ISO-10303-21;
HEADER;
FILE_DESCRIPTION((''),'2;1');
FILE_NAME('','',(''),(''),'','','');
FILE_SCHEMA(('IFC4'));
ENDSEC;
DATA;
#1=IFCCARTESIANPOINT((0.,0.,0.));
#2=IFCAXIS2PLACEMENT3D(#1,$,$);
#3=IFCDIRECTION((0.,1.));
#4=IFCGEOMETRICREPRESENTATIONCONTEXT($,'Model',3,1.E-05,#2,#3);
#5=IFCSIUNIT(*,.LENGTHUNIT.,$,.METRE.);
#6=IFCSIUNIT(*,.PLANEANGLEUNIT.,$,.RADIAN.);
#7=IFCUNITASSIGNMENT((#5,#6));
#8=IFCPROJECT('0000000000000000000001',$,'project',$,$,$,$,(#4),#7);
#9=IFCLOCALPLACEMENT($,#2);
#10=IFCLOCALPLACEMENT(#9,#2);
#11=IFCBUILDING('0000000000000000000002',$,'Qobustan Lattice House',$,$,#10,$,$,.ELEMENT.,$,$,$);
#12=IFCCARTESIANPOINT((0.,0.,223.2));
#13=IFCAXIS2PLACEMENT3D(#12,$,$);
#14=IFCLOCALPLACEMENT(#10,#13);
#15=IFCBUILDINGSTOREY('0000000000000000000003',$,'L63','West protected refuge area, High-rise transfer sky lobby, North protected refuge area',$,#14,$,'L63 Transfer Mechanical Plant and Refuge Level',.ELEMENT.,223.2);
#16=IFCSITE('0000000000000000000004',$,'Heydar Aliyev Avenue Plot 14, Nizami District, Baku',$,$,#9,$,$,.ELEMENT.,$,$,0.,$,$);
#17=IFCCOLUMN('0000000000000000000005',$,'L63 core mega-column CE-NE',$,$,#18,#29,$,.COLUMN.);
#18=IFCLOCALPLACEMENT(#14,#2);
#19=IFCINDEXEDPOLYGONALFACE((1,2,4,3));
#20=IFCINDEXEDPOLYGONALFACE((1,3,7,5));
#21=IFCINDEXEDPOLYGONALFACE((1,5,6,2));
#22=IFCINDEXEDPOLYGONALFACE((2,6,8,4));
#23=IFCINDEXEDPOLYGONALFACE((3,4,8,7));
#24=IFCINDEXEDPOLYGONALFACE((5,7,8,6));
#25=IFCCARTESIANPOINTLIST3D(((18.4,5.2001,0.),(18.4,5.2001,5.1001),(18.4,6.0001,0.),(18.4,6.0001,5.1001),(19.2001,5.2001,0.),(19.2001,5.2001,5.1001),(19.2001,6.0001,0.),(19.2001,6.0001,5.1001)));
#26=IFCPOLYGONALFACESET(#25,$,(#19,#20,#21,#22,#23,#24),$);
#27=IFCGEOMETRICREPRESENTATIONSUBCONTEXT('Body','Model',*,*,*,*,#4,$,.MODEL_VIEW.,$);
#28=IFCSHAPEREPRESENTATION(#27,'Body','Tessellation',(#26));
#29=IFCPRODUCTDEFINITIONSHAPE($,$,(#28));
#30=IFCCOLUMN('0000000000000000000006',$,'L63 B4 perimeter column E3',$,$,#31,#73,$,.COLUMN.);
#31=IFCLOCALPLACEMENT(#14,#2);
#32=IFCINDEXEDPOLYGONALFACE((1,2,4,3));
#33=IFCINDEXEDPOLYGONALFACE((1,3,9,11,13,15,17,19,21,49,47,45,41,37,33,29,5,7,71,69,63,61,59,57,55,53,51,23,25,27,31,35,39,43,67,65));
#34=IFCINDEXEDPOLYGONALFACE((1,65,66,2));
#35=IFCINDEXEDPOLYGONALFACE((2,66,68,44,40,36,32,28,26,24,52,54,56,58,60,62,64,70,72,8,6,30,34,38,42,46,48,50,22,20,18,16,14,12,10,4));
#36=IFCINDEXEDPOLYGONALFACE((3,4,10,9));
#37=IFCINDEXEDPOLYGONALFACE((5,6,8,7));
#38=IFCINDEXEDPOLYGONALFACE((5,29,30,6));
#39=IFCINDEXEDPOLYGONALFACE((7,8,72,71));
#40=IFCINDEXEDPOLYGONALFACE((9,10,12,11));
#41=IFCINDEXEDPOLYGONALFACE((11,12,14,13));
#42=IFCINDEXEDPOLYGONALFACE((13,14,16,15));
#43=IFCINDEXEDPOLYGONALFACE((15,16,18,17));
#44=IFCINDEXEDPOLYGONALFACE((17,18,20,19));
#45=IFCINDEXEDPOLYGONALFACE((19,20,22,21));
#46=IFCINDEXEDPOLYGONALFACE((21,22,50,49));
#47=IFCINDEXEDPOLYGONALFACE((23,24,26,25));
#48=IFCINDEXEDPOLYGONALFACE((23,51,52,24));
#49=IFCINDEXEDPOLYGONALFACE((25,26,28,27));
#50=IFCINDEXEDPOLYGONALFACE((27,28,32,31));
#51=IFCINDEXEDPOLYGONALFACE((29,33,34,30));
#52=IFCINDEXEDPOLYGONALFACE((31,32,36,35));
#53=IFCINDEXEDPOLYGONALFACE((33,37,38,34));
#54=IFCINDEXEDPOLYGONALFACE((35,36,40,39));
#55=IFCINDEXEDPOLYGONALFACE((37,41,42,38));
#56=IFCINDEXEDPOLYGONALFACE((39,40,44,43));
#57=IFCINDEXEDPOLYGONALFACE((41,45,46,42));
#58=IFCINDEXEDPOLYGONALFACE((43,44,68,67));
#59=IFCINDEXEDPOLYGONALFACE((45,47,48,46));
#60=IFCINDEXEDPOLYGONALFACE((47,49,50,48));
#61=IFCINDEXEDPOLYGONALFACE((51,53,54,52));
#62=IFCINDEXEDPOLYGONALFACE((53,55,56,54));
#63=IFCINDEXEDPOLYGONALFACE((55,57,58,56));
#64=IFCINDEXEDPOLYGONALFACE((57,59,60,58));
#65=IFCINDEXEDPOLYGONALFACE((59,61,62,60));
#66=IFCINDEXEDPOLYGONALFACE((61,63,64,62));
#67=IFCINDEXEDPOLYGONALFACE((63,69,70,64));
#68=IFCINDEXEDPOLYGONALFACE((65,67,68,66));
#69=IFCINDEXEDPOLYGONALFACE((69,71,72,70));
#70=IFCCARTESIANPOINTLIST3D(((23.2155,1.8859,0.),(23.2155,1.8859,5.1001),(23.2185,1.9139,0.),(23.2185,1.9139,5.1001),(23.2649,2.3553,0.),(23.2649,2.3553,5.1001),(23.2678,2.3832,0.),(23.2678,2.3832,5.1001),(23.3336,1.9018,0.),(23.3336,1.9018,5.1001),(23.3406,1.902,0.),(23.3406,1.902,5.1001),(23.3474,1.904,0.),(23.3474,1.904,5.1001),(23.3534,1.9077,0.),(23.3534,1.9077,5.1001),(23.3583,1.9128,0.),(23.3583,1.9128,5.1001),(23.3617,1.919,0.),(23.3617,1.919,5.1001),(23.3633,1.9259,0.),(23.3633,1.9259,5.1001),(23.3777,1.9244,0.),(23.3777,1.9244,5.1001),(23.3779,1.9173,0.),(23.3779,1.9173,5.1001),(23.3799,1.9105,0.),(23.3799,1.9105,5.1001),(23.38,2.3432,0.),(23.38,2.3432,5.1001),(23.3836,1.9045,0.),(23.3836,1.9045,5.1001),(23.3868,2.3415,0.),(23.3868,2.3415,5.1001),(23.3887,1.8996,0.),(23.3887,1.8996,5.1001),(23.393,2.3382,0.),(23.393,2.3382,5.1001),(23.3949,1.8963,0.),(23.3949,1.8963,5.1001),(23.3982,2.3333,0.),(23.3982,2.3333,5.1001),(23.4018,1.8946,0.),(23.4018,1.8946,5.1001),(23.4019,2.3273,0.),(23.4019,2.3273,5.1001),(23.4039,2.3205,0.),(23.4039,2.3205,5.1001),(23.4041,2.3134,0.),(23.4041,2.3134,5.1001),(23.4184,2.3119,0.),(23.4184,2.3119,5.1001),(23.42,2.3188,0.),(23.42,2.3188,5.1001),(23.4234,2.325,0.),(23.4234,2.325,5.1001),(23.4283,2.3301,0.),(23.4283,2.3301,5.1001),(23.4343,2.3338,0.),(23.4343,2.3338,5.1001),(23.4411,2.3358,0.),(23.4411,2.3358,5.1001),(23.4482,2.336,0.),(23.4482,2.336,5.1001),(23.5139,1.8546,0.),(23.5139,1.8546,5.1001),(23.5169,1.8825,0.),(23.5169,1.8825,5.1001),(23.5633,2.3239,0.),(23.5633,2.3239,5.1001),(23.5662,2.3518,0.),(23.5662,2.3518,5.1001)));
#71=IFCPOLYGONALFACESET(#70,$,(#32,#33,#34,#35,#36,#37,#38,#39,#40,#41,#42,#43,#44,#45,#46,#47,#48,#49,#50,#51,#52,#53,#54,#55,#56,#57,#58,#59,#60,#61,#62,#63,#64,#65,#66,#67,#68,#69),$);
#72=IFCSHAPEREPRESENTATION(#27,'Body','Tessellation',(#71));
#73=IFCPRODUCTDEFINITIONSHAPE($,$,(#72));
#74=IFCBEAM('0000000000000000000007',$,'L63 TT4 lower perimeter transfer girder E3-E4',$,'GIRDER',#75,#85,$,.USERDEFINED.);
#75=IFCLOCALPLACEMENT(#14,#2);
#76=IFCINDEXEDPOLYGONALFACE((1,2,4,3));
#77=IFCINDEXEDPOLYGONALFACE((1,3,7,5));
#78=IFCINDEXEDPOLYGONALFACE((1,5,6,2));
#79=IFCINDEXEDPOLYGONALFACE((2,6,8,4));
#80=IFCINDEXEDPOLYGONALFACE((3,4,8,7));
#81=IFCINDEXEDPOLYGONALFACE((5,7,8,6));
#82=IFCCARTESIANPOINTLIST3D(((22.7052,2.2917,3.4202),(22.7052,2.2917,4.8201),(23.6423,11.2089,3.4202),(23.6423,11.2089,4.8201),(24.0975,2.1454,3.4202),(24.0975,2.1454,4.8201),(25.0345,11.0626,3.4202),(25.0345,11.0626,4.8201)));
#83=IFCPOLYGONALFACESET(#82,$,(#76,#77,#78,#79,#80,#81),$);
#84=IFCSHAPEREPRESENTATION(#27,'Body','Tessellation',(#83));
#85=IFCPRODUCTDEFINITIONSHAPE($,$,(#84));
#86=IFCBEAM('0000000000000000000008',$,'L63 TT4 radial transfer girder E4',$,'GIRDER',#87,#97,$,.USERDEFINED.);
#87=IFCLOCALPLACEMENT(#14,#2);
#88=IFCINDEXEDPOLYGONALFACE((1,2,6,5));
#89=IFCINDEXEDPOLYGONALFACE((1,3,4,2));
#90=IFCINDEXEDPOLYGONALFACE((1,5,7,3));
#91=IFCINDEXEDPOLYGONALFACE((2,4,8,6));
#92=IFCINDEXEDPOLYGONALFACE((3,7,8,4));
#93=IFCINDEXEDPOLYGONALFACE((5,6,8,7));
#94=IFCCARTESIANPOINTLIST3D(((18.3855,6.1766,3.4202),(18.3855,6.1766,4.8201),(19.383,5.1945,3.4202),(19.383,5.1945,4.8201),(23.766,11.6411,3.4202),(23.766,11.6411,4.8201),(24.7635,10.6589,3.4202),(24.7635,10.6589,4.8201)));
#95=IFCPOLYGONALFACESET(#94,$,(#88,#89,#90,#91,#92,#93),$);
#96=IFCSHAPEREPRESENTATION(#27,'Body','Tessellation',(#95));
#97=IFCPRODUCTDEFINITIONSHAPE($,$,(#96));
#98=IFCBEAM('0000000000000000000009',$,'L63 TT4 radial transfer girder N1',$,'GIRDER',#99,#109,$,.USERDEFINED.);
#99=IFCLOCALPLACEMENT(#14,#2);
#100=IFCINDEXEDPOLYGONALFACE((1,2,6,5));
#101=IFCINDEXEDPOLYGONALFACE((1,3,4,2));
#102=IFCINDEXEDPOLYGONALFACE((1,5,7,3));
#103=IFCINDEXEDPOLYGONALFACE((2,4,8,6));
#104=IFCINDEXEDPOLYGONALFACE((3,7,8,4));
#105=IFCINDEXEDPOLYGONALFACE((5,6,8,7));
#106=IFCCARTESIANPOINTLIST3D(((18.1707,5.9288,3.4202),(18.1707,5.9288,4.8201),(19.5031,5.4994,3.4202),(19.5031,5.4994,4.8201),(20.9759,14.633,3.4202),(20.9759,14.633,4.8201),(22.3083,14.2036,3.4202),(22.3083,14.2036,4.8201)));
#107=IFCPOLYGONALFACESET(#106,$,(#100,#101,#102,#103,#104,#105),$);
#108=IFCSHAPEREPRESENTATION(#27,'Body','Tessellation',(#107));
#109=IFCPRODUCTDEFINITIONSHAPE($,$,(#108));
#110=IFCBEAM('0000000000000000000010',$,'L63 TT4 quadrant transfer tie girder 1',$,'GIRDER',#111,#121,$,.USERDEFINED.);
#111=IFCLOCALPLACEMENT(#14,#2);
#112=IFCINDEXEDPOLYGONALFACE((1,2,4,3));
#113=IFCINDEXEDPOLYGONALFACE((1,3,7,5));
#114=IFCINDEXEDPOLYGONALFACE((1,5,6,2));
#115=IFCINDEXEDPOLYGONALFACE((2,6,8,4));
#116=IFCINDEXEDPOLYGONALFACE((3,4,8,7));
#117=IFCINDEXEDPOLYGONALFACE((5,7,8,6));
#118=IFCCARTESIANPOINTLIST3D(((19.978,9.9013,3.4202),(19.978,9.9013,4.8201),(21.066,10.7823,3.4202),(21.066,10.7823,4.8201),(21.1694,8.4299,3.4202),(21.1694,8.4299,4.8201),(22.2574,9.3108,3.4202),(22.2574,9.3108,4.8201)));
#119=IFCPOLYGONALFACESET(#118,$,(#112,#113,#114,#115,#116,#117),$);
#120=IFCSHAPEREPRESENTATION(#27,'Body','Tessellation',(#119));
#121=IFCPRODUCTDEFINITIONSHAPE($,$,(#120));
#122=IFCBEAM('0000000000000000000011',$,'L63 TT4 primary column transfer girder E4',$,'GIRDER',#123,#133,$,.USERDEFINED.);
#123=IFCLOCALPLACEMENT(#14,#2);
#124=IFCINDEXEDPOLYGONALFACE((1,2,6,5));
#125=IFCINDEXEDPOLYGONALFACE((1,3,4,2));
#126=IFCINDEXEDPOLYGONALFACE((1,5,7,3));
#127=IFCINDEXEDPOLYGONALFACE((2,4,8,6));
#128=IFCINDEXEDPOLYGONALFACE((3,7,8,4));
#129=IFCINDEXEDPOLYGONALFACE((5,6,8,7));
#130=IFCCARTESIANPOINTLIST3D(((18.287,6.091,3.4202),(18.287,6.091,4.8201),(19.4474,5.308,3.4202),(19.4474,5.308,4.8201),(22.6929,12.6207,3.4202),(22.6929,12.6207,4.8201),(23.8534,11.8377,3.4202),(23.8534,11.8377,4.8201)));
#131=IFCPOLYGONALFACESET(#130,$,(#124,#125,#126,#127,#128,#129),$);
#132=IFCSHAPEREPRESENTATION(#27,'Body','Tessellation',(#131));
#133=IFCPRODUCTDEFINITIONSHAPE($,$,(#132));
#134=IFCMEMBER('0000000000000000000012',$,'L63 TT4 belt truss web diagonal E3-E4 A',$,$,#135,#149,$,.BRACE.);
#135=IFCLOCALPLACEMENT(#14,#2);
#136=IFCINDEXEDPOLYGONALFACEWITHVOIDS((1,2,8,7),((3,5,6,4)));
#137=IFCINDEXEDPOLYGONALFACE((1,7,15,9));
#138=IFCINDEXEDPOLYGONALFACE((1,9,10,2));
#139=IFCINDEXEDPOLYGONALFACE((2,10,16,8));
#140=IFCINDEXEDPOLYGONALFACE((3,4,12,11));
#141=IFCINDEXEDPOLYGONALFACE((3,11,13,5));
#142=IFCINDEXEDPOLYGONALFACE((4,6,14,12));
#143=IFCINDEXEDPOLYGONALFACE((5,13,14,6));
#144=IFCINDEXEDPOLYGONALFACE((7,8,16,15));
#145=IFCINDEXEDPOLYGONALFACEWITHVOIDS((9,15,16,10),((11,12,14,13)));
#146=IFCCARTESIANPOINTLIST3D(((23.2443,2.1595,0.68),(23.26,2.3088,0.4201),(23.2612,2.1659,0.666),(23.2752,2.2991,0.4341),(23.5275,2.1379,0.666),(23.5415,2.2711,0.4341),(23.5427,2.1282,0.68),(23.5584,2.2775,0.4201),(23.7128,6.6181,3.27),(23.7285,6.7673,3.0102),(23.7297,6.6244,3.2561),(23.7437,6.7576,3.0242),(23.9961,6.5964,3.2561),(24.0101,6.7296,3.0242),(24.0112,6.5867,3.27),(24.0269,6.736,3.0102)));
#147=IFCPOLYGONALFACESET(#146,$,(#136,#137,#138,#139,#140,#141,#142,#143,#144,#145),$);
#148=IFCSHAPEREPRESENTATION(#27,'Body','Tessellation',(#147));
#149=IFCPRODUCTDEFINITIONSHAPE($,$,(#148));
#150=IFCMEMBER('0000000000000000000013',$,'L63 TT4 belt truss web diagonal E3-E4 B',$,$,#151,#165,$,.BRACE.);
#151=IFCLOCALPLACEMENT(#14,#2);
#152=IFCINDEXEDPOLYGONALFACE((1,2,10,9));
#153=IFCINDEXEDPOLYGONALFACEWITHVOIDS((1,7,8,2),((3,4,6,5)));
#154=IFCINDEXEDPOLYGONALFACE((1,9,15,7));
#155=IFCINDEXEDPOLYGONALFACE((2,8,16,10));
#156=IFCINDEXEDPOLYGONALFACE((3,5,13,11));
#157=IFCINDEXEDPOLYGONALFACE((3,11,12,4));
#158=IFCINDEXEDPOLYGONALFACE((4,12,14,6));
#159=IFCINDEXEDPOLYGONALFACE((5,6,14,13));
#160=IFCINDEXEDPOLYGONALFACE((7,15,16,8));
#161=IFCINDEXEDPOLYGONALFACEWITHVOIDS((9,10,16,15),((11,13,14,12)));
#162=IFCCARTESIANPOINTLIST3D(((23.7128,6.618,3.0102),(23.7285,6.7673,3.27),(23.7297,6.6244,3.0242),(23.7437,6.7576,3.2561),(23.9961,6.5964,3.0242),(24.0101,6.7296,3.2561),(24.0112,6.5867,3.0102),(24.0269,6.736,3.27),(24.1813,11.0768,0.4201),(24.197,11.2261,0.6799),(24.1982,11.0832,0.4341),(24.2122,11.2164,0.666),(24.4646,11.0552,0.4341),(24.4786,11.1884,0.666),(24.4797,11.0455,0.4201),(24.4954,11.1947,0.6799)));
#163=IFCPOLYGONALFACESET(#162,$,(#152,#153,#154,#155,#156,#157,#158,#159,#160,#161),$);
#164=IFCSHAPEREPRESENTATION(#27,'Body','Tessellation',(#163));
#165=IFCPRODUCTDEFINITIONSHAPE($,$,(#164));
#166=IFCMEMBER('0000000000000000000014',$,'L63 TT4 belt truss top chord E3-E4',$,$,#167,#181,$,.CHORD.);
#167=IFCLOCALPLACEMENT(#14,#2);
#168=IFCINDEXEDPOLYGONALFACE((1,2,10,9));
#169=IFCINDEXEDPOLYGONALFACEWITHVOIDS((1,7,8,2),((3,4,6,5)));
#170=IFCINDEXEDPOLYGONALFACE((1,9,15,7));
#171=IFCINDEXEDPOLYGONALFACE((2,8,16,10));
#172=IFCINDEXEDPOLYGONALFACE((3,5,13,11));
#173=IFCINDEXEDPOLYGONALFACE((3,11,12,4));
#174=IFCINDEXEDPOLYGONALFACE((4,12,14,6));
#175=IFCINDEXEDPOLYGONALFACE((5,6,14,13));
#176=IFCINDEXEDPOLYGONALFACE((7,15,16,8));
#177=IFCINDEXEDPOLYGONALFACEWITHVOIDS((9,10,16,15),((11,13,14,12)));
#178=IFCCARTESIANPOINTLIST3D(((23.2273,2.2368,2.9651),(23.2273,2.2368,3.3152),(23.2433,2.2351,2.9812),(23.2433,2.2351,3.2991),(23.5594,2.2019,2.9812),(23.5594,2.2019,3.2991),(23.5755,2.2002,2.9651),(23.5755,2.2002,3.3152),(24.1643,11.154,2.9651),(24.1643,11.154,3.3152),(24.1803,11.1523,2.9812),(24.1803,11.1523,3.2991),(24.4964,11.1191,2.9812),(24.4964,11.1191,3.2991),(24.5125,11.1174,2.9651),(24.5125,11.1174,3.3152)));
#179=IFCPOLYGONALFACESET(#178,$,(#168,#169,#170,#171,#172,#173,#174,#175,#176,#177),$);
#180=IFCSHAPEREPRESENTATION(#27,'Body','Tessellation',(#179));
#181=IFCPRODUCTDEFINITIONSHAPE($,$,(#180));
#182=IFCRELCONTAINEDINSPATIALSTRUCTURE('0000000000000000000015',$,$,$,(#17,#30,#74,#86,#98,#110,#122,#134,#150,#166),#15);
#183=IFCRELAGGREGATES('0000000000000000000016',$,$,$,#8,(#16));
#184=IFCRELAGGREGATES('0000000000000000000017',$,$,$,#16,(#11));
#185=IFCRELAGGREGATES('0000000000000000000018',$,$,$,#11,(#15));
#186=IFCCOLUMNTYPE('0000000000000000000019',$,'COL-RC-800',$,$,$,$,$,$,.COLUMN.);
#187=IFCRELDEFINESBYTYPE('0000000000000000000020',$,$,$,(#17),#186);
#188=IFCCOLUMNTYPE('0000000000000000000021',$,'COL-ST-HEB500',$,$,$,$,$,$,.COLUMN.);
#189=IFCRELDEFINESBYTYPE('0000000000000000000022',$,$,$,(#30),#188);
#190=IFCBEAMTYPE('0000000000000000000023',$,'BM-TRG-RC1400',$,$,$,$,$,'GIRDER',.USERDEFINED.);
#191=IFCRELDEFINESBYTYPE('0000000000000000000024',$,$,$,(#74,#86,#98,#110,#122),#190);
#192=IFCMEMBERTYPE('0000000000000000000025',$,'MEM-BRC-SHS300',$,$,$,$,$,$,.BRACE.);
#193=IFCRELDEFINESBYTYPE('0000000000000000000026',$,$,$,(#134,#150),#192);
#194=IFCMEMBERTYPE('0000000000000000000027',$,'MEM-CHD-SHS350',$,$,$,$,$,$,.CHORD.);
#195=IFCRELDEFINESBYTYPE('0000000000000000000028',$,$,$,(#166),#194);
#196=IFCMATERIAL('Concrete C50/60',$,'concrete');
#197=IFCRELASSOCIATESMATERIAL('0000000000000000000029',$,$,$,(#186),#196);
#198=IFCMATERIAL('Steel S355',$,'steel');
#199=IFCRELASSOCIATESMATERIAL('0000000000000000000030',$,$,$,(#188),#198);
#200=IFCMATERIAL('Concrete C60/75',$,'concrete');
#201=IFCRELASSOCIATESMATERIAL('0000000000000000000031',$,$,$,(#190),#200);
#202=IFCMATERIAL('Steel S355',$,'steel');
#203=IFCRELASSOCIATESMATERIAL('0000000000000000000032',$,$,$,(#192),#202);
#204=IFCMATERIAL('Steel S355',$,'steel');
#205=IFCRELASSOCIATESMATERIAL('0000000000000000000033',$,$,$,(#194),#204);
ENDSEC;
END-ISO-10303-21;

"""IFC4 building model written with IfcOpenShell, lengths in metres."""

from ifc_helpers import new_model, si_unit, direction, frame, origin, origin_2d, place, context, subcontext, project, spatial, rectangle, hollow_rectangle, i_section, extrude, material, material_profile, profile_set, type_object, element, save


model = new_model("IFC4")

# Units and contexts
model_context = context("Model", 3, precision=1e-05, world=origin(), true_north=direction((0.0, 1.0)))
body_context = subcontext(model_context, "Body", "Model", "MODEL_VIEW")
ifc_project = project(units=[si_unit("LENGTHUNIT", "METRE"), si_unit("PLANEANGLEUNIT", "RADIAN")], contexts=[model_context])

# Site, building, storey
site_placement = place(None, origin())
site = spatial("IfcSite", under=ifc_project, at=site_placement, Name="Heydar Aliyev Avenue Plot 14, Nizami District, Baku", CompositionType="ELEMENT", RefElevation=0.0)
building_placement = place(site_placement, origin())
building = spatial("IfcBuilding", under=site, at=building_placement, Name="Qobustan Lattice House", CompositionType="ELEMENT")
storey_placement = place(building_placement, frame((0.0, 0.0, 223.2)))
storey = spatial("IfcBuildingStorey", under=building, at=storey_placement, Name="L63", Description="West protected refuge area, High-rise transfer sky lobby, North protected refuge area", LongName="L63 Transfer Mechanical Plant and Refuge Level", CompositionType="ELEMENT", Elevation=223.2)

# Columns
ifc_material_1 = material(Name="Concrete C50/60", Category="concrete")
ifc_material_profile_1 = material_profile(ifc_material_1, rectangle(XDim=0.8, YDim=0.8, at=origin_2d()), Name="RC800x800")
ifc_profile_set_1 = profile_set([ifc_material_profile_1], Name="Concrete C50/60")
column_type_1 = type_object("IfcColumnType", Name="COL-RC-800", PredefinedType="COLUMN", material=ifc_profile_set_1)
column_1_placement = place(storey_placement, frame((18.8, 5.6001, 0.0), z_axis=(0.0, 0.0, 1.0), x_axis=(1.0, 0.0, 0.0)))
element("IfcColumn", 1, at=column_1_placement, inside=storey, type_object=column_type_1, Name="L63 core mega-column CE-NE", PredefinedType="COLUMN", context=body_context, shape_type="SweptSolid", body=[
    extrude(rectangle(XDim=0.8, YDim=0.8, at=origin_2d()), origin(), (0.0, 0.0, 1.0), 5.1001),
])
ifc_material_2 = material(Name="Steel S355", Category="steel")
ifc_material_profile_2 = material_profile(ifc_material_2, i_section(OverallWidth=0.3, OverallDepth=0.5, WebThickness=0.0144, FlangeThickness=0.0281, FilletRadius=0.0271, at=origin_2d()), Name="HEB500")
ifc_profile_set_2 = profile_set([ifc_material_profile_2], Name="Steel S355")
column_type_2 = type_object("IfcColumnType", Name="COL-ST-HEB500", PredefinedType="COLUMN", material=ifc_profile_set_2)
column_2_placement = place(storey_placement, frame((23.3909, 2.1189, 0.0), z_axis=(0.0, 0.0, 1.0), x_axis=(0.994522, -0.104528, 0.0)))
element("IfcColumn", 2, at=column_2_placement, inside=storey, type_object=column_type_2, Name="L63 B4 perimeter column E3", PredefinedType="COLUMN", context=body_context, shape_type="SweptSolid", body=[
    extrude(i_section(OverallWidth=0.3, OverallDepth=0.5, WebThickness=0.0144, FlangeThickness=0.0281, FilletRadius=0.0271, at=origin_2d()), origin(), (0.0, 0.0, 1.0), 5.1001),
])

# Beams
ifc_material_3 = material(Name="Concrete C60/75", Category="concrete")
ifc_material_profile_3 = material_profile(ifc_material_3, rectangle(XDim=1.3999, YDim=1.3999, at=origin_2d()), Name="RC1400x1400")
ifc_profile_set_3 = profile_set([ifc_material_profile_3], Name="Concrete C60/75")
beam_type = type_object("IfcBeamType", Name="BM-TRG-RC1400", ElementType="GIRDER", PredefinedType="USERDEFINED", material=ifc_profile_set_3)
beam_1_placement = place(storey_placement, frame((23.4014, 2.2185, 4.1201), z_axis=(0.104503, 0.994525, 0.0), x_axis=(-0.994525, 0.104503, 0.0)))
element("IfcBeam", 3, at=beam_1_placement, inside=storey, type_object=beam_type, Name="L63 TT4 lower perimeter transfer girder E3-E4", ObjectType="GIRDER", PredefinedType="USERDEFINED", context=body_context, shape_type="SweptSolid", body=[
    extrude(rectangle(XDim=1.3999, YDim=1.3999, at=origin_2d()), origin(), (0.0, 0.0, 1.0), 8.9663),
])
beam_2_placement = place(storey_placement, frame((18.8843, 5.6855, 4.1201), z_axis=(0.70161, 0.712561, 0.0), x_axis=(-0.712561, 0.70161, 0.0)))
element("IfcBeam", 4, at=beam_2_placement, inside=storey, type_object=beam_type, Name="L63 TT4 radial transfer girder E4", ObjectType="GIRDER", PredefinedType="USERDEFINED", context=body_context, shape_type="SweptSolid", body=[
    extrude(rectangle(XDim=1.3999, YDim=1.3999, at=origin_2d()), origin(), (0.0, 0.0, 1.0), 7.6687),
])
beam_3_placement = place(storey_placement, frame((18.8369, 5.7141, 4.1201), z_axis=(0.306745, 0.951792, 0.0), x_axis=(-0.951792, 0.306745, 0.0)))
element("IfcBeam", 5, at=beam_3_placement, inside=storey, type_object=beam_type, Name="L63 TT4 radial transfer girder N1", ObjectType="GIRDER", PredefinedType="USERDEFINED", context=body_context, shape_type="SweptSolid", body=[
    extrude(rectangle(XDim=1.3999, YDim=1.3999, at=origin_2d()), origin(), (0.0, 0.0, 1.0), 9.145),
])
beam_4_placement = place(storey_placement, frame((20.522, 10.3418, 4.1201), z_axis=(0.629276, -0.777182, 0.0), x_axis=(0.777182, 0.629276, 0.0)))
element("IfcBeam", 6, at=beam_4_placement, inside=storey, type_object=beam_type, Name="L63 TT4 quadrant transfer tie girder 1", ObjectType="GIRDER", PredefinedType="USERDEFINED", context=body_context, shape_type="SweptSolid", body=[
    extrude(rectangle(XDim=1.3999, YDim=1.3999, at=origin_2d()), origin(), (0.0, 0.0, 1.0), 1.8933),
])
beam_5_placement = place(storey_placement, frame((18.8672, 5.6995, 4.1201), z_axis=(0.559333, 0.828943, 0.0), x_axis=(-0.828943, 0.559333, 0.0)))
element("IfcBeam", 7, at=beam_5_placement, inside=storey, type_object=beam_type, Name="L63 TT4 primary column transfer girder E4", ObjectType="GIRDER", PredefinedType="USERDEFINED", context=body_context, shape_type="SweptSolid", body=[
    extrude(rectangle(XDim=1.3999, YDim=1.3999, at=origin_2d()), origin(), (0.0, 0.0, 1.0), 7.8772),
])

# Members
ifc_material_4 = material(Name="Steel S355", Category="steel")
ifc_material_profile_4 = material_profile(ifc_material_4, hollow_rectangle(XDim=0.3, YDim=0.3, WallThickness=0.0161, at=origin_2d()), Name="SHS300x300x16")
ifc_profile_set_4 = profile_set([ifc_material_profile_4], Name="Steel S355")
member_type_1 = type_object("IfcMemberType", Name="MEM-BRC-SHS300", PredefinedType="BRACE", material=ifc_profile_set_4)
member_1_placement = place(storey_placement, frame((23.4014, 2.2185, 0.55), z_axis=(0.090489, 0.861133, 0.500261), x_axis=(-0.994524, 0.104506, 0.0)))
element("IfcMember", 8, at=member_1_placement, inside=storey, type_object=member_type_1, Name="L63 TT4 belt truss web diagonal E3-E4 A", PredefinedType="BRACE", context=body_context, shape_type="SweptSolid", body=[
    extrude(hollow_rectangle(XDim=0.3, YDim=0.3, WallThickness=0.0161, at=origin_2d()), origin(), (0.0, 0.0, 1.0), 5.1775),
])
member_2_placement = place(storey_placement, frame((23.8699, 6.677, 3.1401), z_axis=(0.090486, 0.861146, -0.500241), x_axis=(-0.994525, 0.104501, 0.0)))
element("IfcMember", 9, at=member_2_placement, inside=storey, type_object=member_type_1, Name="L63 TT4 belt truss web diagonal E3-E4 B", PredefinedType="BRACE", context=body_context, shape_type="SweptSolid", body=[
    extrude(hollow_rectangle(XDim=0.3, YDim=0.3, WallThickness=0.0161, at=origin_2d()), origin(), (0.0, 0.0, 1.0), 5.1777),
])
ifc_material_5 = material(Name="Steel S355", Category="steel")
ifc_material_profile_5 = material_profile(ifc_material_5, hollow_rectangle(XDim=0.3501, YDim=0.3501, WallThickness=0.0161, at=origin_2d()), Name="SHS350x350x16")
ifc_profile_set_5 = profile_set([ifc_material_profile_5], Name="Steel S355")
member_type_2 = type_object("IfcMemberType", Name="MEM-CHD-SHS350", PredefinedType="CHORD", material=ifc_profile_set_5)
member_3_placement = place(storey_placement, frame((23.4014, 2.2185, 3.1401), z_axis=(0.104503, 0.994525, 0.0), x_axis=(-0.994525, 0.104503, 0.0)))
element("IfcMember", 10, at=member_3_placement, inside=storey, type_object=member_type_2, Name="L63 TT4 belt truss top chord E3-E4", PredefinedType="CHORD", context=body_context, shape_type="SweptSolid", body=[
    extrude(hollow_rectangle(XDim=0.3501, YDim=0.3501, WallThickness=0.0161, at=origin_2d()), origin(), (0.0, 0.0, 1.0), 8.9663),
])

save(model, "model.ifc")
